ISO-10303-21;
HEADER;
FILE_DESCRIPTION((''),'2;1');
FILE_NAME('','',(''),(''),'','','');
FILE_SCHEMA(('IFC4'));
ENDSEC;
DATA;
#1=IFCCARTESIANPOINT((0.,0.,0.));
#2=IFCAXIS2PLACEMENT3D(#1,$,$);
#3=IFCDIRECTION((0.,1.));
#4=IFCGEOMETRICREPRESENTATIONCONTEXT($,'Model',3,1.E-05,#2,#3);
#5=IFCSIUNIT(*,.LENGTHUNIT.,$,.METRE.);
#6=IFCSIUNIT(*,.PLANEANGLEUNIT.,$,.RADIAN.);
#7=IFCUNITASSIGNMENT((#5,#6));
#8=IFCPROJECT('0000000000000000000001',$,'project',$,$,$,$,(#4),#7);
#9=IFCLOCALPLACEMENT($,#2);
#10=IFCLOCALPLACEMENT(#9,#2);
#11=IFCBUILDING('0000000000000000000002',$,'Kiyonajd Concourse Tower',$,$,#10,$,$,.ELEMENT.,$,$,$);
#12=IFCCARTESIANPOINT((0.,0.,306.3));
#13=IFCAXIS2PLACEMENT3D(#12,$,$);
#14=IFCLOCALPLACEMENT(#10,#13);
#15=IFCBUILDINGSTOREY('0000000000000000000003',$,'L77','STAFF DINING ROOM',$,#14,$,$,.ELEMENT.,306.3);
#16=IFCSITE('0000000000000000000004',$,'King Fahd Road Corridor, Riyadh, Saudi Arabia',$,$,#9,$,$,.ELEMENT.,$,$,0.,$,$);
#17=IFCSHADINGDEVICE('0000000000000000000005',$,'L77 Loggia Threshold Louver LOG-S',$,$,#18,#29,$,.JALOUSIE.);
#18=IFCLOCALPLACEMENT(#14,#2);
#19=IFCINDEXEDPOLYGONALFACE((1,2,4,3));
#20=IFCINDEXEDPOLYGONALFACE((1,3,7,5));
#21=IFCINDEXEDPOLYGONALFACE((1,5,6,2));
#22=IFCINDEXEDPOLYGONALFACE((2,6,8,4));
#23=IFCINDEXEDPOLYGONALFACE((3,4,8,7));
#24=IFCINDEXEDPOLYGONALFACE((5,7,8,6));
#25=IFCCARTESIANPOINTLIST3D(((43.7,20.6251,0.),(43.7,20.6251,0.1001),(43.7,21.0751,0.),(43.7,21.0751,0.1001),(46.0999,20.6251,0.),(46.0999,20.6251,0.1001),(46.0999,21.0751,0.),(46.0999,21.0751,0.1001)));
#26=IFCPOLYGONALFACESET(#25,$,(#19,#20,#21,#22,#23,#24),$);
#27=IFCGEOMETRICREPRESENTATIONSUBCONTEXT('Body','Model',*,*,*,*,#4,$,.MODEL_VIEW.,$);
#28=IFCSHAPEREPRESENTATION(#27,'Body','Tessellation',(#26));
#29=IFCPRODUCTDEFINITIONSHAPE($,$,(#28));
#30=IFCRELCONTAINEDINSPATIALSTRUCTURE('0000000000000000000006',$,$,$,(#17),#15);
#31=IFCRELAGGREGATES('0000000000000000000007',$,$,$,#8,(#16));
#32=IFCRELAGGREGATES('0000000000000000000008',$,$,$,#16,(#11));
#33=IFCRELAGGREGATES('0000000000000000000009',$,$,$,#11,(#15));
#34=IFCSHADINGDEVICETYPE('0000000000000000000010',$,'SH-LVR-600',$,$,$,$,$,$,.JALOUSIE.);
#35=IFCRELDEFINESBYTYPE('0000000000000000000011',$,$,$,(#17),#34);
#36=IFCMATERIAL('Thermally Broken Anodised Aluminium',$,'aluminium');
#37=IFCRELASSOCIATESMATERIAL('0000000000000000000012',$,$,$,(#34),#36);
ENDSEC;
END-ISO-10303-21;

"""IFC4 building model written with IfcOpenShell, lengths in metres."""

from ifc_helpers import new_model, si_unit, direction, frame, origin, origin_2d, place, context, subcontext, project, spatial, rectangle, extrude, material, type_object, element, save


model = new_model("IFC4")

# Units and contexts
model_context = context("Model", 3, precision=1e-05, world=origin(), true_north=direction((0.0, 1.0)))
body_context = subcontext(model_context, "Body", "Model", "MODEL_VIEW")
ifc_project = project(units=[si_unit("LENGTHUNIT", "METRE"), si_unit("PLANEANGLEUNIT", "RADIAN")], contexts=[model_context])

# Site, building, storey
site_placement = place(None, origin())
site = spatial("IfcSite", under=ifc_project, at=site_placement, Name="King Fahd Road Corridor, Riyadh, Saudi Arabia", CompositionType="ELEMENT", RefElevation=0.0)
building_placement = place(site_placement, origin())
building = spatial("IfcBuilding", under=site, at=building_placement, Name="Kiyonajd Concourse Tower", CompositionType="ELEMENT")
storey_placement = place(building_placement, frame((0.0, 0.0, 306.3)))
storey = spatial("IfcBuildingStorey", under=building, at=storey_placement, Name="L77", Description="STAFF DINING ROOM", CompositionType="ELEMENT", Elevation=306.3)

# Shared definitions
ifc_material_1 = material(Name="Thermally Broken Anodised Aluminium", Category="aluminium")

# Shading device
shading_device_type_1 = type_object("IfcShadingDeviceType", Name="SH-LVR-600", PredefinedType="JALOUSIE", material=ifc_material_1)
shading_device_1_placement = place(storey_placement, frame((44.8999, 20.8501, 0.0), z_axis=(0.0, 0.0, 1.0), x_axis=(1.0, 0.0, 0.0)))
element("IfcShadingDevice", 1, at=shading_device_1_placement, inside=storey, type_object=shading_device_type_1, Name="L77 Loggia Threshold Louver LOG-S", PredefinedType="JALOUSIE", context=body_context, shape_type="SweptSolid", body=[
    extrude(rectangle(XDim=2.3999, YDim=0.45, at=origin_2d()), origin(), (0.0, 0.0, 1.0), 0.1001),
])

save(model, "model.ifc")
